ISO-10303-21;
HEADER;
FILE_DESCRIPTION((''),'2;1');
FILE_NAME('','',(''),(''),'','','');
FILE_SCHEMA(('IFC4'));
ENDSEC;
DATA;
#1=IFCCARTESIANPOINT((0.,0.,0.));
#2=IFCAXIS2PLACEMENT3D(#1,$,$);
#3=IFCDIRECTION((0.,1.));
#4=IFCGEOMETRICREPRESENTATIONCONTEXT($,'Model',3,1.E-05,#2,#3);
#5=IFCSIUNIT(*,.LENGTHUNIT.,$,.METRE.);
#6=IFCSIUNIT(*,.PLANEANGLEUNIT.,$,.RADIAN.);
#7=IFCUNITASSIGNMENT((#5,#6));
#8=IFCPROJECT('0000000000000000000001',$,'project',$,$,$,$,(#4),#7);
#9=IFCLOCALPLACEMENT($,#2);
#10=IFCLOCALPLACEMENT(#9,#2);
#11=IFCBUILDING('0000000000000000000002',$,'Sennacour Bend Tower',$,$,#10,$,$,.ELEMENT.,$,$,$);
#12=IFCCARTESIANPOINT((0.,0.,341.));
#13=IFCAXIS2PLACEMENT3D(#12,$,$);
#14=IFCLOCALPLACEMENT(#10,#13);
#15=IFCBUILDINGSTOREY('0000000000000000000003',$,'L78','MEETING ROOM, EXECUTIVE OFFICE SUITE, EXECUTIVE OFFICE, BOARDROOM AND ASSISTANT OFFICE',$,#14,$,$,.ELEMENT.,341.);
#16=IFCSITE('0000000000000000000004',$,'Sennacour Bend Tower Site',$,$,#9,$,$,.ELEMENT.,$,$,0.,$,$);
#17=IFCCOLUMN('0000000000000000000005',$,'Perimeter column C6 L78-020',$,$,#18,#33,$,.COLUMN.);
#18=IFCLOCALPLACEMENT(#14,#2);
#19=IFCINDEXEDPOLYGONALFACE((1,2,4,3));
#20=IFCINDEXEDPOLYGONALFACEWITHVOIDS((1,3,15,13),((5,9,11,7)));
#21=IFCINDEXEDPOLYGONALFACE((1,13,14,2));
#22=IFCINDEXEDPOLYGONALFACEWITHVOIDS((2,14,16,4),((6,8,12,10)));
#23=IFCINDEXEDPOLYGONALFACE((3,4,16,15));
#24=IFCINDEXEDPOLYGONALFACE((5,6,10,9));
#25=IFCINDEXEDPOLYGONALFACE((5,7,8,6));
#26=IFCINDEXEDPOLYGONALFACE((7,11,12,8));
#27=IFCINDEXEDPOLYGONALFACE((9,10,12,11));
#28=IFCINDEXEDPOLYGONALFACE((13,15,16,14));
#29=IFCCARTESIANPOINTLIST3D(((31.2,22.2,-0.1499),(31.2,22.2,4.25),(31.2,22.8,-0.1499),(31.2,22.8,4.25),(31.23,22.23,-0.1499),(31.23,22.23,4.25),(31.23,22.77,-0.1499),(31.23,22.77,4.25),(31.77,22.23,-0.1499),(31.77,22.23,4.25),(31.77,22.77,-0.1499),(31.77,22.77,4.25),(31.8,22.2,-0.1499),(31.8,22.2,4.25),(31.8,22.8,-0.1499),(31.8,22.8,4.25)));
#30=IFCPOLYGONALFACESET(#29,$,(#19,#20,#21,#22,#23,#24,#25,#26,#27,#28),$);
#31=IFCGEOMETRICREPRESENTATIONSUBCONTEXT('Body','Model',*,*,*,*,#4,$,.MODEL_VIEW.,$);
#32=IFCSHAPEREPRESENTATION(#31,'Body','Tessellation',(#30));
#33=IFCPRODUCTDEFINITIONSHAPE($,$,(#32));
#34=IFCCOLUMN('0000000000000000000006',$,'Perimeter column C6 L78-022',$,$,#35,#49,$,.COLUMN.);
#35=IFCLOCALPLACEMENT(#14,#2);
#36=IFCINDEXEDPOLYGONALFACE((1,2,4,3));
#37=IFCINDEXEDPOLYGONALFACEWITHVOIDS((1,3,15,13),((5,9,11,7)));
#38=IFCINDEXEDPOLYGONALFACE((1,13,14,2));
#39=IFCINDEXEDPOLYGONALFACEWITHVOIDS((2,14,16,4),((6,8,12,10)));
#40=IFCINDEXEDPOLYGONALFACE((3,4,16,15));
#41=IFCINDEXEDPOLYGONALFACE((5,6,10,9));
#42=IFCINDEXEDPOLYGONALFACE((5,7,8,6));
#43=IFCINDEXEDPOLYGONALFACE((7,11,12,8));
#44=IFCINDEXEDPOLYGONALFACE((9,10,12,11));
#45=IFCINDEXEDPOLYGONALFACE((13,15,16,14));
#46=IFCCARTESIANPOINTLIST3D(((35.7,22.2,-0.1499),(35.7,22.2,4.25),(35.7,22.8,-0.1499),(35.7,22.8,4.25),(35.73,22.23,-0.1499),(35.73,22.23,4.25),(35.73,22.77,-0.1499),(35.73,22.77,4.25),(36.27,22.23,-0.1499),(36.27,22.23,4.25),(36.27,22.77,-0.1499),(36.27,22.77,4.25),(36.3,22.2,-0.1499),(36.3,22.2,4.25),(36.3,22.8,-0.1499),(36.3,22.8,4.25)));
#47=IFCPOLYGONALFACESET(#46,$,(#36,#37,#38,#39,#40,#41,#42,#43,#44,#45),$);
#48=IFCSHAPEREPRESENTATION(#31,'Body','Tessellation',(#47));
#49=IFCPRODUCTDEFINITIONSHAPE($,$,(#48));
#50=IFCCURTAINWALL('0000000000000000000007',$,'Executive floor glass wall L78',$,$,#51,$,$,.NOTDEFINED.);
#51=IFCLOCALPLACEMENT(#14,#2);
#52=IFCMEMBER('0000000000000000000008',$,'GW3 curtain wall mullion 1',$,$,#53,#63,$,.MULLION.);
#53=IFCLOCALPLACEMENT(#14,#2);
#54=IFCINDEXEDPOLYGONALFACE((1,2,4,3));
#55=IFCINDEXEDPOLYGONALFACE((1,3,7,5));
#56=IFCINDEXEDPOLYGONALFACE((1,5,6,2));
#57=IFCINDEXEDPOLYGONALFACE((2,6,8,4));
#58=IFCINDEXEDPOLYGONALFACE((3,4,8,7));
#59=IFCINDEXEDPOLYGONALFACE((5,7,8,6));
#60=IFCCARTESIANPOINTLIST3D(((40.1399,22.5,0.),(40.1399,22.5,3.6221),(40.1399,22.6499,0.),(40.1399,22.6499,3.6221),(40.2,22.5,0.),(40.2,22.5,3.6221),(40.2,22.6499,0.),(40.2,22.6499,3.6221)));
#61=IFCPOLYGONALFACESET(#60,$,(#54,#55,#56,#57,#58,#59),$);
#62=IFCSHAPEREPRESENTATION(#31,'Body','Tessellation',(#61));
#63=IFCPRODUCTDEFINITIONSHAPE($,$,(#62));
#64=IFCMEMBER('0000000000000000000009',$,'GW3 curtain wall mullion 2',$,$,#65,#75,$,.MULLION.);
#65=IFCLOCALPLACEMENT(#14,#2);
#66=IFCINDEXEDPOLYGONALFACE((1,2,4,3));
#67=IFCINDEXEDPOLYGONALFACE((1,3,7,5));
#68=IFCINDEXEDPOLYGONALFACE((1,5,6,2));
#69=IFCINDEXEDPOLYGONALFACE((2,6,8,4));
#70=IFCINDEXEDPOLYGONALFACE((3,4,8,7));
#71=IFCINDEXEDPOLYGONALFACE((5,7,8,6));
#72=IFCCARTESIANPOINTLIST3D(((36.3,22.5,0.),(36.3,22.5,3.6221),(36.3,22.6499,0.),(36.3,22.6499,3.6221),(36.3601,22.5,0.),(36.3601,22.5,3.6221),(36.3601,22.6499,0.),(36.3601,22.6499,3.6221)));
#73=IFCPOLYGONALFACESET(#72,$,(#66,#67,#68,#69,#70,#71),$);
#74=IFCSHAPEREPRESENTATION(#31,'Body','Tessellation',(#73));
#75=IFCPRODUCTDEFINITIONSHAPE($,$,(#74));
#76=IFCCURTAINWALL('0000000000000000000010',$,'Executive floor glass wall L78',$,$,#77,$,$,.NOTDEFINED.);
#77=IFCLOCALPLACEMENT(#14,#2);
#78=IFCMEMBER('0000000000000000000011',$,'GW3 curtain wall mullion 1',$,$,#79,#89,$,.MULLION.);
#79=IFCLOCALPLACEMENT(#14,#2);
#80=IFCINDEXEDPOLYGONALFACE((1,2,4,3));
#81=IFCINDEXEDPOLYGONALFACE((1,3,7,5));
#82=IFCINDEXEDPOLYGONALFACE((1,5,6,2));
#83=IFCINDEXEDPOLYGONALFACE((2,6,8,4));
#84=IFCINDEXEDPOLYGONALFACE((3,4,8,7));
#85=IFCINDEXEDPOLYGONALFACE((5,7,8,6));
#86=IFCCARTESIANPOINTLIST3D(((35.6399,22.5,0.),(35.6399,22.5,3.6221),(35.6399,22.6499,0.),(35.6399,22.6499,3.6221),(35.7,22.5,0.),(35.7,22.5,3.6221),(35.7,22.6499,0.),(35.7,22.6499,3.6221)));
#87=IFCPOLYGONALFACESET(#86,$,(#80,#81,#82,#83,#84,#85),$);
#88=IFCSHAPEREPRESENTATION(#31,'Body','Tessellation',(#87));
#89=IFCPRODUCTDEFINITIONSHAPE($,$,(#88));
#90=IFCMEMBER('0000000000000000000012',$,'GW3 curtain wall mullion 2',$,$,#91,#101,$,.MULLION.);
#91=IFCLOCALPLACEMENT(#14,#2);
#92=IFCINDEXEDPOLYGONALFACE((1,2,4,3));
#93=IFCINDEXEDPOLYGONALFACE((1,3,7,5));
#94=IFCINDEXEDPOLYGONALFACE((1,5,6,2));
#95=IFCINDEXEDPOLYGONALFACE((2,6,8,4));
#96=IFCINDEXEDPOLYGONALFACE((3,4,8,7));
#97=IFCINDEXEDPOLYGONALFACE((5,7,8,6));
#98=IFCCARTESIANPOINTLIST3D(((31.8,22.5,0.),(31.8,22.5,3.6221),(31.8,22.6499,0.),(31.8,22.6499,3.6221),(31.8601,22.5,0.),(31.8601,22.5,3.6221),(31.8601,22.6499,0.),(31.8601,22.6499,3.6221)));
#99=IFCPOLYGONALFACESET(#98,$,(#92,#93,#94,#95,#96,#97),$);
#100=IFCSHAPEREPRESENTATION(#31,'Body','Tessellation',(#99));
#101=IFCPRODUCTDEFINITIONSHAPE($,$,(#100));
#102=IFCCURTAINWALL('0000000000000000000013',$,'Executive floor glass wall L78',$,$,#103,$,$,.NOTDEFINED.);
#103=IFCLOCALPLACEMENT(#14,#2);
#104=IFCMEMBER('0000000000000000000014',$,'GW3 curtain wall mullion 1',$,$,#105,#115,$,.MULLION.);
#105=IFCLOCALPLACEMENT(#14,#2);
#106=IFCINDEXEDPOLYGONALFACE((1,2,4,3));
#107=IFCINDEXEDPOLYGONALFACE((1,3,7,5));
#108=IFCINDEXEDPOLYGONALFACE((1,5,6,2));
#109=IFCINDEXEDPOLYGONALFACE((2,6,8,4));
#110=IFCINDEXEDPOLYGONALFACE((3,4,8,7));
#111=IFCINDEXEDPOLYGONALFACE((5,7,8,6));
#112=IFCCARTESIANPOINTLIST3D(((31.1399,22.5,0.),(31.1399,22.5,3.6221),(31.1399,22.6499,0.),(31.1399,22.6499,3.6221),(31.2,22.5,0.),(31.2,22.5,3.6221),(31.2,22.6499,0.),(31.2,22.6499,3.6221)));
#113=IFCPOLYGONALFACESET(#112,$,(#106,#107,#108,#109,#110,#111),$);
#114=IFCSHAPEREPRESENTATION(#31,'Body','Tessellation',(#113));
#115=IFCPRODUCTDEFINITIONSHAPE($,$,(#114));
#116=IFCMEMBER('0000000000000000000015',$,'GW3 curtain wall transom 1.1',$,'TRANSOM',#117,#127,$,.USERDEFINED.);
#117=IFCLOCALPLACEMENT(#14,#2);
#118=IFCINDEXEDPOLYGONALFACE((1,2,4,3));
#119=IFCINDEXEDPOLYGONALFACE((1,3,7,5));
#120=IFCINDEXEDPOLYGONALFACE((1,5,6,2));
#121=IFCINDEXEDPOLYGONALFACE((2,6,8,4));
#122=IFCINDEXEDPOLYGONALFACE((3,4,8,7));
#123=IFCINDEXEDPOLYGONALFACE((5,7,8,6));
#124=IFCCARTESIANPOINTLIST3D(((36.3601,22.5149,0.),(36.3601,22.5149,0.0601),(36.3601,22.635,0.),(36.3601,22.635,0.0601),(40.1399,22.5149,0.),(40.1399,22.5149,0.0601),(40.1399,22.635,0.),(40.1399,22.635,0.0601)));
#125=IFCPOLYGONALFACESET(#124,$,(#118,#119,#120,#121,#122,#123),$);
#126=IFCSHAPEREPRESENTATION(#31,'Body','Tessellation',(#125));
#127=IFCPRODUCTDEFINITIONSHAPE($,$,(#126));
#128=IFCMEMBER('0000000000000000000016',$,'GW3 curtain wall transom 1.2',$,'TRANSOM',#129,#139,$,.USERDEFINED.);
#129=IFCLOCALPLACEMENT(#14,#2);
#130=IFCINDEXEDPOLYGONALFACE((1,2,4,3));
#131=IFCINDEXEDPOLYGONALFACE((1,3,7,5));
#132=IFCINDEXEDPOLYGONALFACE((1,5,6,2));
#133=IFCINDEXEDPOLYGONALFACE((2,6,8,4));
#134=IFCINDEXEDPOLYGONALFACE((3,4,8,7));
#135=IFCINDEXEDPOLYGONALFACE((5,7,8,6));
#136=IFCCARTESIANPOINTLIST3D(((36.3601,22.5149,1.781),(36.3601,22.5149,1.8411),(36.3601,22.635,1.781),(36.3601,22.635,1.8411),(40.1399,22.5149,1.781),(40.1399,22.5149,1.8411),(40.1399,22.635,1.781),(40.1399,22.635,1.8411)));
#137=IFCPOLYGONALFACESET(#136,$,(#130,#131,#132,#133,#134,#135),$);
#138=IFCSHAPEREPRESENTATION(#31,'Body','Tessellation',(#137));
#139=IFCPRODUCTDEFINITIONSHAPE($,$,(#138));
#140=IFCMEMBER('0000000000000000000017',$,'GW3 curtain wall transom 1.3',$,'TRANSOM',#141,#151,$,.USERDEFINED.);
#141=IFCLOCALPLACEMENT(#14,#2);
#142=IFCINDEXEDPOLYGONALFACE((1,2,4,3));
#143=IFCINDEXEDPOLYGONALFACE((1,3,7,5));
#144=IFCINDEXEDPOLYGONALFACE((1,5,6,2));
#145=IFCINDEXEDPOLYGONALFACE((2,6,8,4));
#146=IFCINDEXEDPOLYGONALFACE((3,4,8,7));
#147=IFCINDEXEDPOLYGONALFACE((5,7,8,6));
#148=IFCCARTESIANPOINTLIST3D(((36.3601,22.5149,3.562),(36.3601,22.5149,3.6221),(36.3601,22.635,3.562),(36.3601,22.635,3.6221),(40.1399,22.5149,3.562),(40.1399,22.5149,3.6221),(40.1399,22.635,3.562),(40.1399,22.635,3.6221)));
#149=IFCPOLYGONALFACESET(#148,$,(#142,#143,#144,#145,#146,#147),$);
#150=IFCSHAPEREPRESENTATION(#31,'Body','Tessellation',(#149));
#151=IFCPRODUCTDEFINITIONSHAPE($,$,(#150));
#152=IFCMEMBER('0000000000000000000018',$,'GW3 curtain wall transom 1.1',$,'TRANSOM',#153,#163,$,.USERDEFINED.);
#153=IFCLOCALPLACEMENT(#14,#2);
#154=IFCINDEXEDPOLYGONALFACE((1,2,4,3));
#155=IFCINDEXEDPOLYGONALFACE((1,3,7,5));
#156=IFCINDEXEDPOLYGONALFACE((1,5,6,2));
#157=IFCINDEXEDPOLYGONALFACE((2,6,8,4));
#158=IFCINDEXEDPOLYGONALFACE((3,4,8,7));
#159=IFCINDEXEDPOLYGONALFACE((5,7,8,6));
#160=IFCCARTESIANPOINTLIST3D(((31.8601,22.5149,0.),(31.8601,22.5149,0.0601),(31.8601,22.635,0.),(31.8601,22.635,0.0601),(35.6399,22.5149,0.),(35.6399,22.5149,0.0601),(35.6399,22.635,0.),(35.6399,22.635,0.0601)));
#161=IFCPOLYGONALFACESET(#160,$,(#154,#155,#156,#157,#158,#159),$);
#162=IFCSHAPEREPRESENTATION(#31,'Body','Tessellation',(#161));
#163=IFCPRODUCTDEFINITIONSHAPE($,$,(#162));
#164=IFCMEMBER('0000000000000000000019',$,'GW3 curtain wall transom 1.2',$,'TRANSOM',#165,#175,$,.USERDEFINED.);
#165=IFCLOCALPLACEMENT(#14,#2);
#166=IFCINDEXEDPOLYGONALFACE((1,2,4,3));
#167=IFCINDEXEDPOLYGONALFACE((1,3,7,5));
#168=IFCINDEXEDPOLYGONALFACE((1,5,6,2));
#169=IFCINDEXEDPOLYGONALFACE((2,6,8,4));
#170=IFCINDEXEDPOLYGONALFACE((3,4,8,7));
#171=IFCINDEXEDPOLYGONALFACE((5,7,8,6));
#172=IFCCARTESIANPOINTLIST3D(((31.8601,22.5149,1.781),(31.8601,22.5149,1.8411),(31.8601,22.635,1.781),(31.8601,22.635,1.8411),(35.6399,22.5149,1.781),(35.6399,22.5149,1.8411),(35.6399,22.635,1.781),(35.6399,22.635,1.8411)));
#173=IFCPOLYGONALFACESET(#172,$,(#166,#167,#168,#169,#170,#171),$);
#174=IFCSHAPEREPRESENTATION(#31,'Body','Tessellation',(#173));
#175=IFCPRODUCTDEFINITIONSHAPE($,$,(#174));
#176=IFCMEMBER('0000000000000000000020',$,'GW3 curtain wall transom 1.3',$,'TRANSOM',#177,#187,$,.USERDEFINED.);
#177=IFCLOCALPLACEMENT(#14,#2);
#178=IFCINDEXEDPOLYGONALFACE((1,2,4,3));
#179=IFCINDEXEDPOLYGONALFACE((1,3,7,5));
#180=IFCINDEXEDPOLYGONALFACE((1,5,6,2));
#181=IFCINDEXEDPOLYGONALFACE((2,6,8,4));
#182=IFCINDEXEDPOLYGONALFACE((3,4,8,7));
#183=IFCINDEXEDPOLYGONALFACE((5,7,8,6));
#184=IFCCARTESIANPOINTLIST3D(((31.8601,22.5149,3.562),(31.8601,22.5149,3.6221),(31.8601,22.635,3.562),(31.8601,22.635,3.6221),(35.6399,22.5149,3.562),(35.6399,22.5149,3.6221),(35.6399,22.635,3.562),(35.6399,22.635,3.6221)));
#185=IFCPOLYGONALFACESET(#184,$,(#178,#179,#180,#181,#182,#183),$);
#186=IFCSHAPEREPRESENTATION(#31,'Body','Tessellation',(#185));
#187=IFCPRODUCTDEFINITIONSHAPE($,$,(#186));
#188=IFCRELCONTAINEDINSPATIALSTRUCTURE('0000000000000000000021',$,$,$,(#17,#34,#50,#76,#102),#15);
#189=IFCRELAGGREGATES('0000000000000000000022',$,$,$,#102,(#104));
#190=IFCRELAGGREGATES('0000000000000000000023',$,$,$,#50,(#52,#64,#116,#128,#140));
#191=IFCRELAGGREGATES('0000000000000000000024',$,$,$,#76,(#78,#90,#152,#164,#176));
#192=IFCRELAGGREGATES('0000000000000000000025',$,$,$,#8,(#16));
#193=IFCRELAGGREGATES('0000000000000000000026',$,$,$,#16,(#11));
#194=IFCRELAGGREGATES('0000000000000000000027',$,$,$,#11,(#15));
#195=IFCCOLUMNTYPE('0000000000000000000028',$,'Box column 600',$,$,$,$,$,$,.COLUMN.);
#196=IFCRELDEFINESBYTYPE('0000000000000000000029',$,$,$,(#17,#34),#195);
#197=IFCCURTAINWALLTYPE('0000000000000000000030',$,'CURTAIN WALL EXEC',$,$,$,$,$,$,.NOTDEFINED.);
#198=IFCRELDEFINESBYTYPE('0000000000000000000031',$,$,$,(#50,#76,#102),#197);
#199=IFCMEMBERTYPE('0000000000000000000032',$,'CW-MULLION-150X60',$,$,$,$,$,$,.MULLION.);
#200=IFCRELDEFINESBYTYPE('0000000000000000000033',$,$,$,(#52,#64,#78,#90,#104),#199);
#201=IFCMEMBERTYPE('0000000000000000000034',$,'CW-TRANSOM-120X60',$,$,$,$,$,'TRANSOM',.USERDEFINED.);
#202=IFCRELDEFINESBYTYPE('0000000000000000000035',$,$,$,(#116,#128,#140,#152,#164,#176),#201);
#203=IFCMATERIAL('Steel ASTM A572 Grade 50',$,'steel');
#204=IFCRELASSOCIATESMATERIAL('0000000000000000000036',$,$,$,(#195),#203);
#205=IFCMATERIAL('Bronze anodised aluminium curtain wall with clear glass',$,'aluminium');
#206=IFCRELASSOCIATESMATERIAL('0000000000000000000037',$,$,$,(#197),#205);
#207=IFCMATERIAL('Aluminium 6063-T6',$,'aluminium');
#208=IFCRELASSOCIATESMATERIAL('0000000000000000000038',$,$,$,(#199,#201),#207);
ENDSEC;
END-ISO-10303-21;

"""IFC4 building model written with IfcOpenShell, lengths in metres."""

from ifc_helpers import new_model, si_unit, direction, frame, origin, origin_2d, place, context, subcontext, project, spatial, rectangle, hollow_rectangle, extrude, material, material_profile, profile_set, type_object, element, aggregate, save


model = new_model("IFC4")

# Units and contexts
model_context = context("Model", 3, precision=1e-05, world=origin(), true_north=direction((0.0, 1.0)))
body_context = subcontext(model_context, "Body", "Model", "MODEL_VIEW")
ifc_project = project(units=[si_unit("LENGTHUNIT", "METRE"), si_unit("PLANEANGLEUNIT", "RADIAN")], contexts=[model_context])

# Site, building, storey
site_placement = place(None, origin())
site = spatial("IfcSite", under=ifc_project, at=site_placement, Name="Sennacour Bend Tower Site", CompositionType="ELEMENT", RefElevation=0.0)
building_placement = place(site_placement, origin())
building = spatial("IfcBuilding", under=site, at=building_placement, Name="Sennacour Bend Tower", CompositionType="ELEMENT")
storey_placement = place(building_placement, frame((0.0, 0.0, 341.0)))
storey = spatial("IfcBuildingStorey", under=building, at=storey_placement, Name="L78", Description="MEETING ROOM, EXECUTIVE OFFICE SUITE, EXECUTIVE OFFICE, BOARDROOM AND ASSISTANT OFFICE", CompositionType="ELEMENT", Elevation=341.0)

# Columns
ifc_material_1 = material(Name="Steel ASTM A572 Grade 50", Category="steel")
ifc_material_profile_1 = material_profile(ifc_material_1, hollow_rectangle(XDim=0.6001, YDim=0.6001, WallThickness=0.03, at=origin_2d()), Name="Steel ASTM A572 Grade 50", Category="steel")
ifc_profile_set_1 = profile_set([ifc_material_profile_1], Name="Steel ASTM A572 Grade 50")
column_type = type_object("IfcColumnType", Name="Box column 600", PredefinedType="COLUMN", material=ifc_profile_set_1)
for number, where, z_axis, x_axis, name in (
    (1, (31.5, 22.5, -0.1499), (0.0, 0.0, 1.0), (1.0, 0.0, 0.0), "Perimeter column C6 L78-020"),
    (2, (36.0, 22.5, -0.1499), (0.0, 0.0, 1.0), (1.0, 0.0, 0.0), "Perimeter column C6 L78-022"),
):
    element("IfcColumn", number, at=place(storey_placement, frame(where, z_axis=z_axis, x_axis=x_axis)), inside=storey, type_object=column_type, Name=name, PredefinedType="COLUMN", context=body_context, shape_type="SweptSolid", body=[
        extrude(hollow_rectangle(XDim=0.6001, YDim=0.6001, WallThickness=0.03, at=origin_2d()), origin(), (0.0, 0.0, 1.0), 4.3999),
    ])

# Curtain walls, members
ifc_material_2 = material(Name="Bronze anodised aluminium curtain wall with clear glass", Category="aluminium")
curtain_wall_type = type_object("IfcCurtainWallType", Name="CURTAIN WALL EXEC", PredefinedType="NOTDEFINED", material=ifc_material_2)
curtain_wall_1_placement = place(storey_placement, origin())
curtain_wall_1 = element("IfcCurtainWall", 3, at=curtain_wall_1_placement, inside=storey, type_object=curtain_wall_type, Name="Executive floor glass wall L78", PredefinedType="NOTDEFINED")
ifc_material_3 = material(Name="Aluminium 6063-T6", Category="aluminium")
ifc_material_profile_2 = material_profile(ifc_material_3, rectangle(XDim=0.1499, YDim=0.0601, at=origin_2d()), Name="Aluminium 6063-T6", Category="aluminium")
ifc_profile_set_2 = profile_set([ifc_material_profile_2], Name="Aluminium 6063-T6")
member_type_1 = type_object("IfcMemberType", Name="CW-MULLION-150X60", PredefinedType="MULLION", material=ifc_profile_set_2)
member_1_placement = place(storey_placement, frame((40.1699, 22.575, 0.0), z_axis=(0.0, 0.0, 1.0), x_axis=(0.0, -1.0, 0.0)))
member_1 = element("IfcMember", 4, at=member_1_placement, type_object=member_type_1, Name="GW3 curtain wall mullion 1", PredefinedType="MULLION", context=body_context, shape_type="SweptSolid", body=[
    extrude(rectangle(XDim=0.1499, YDim=0.0601, at=origin_2d()), origin(), (0.0, 0.0, 1.0), 3.6221),
])
member_2_placement = place(storey_placement, frame((36.3301, 22.575, 0.0), z_axis=(0.0, 0.0, 1.0), x_axis=(0.0, -1.0, 0.0)))
member_2 = element("IfcMember", 5, at=member_2_placement, type_object=member_type_1, Name="GW3 curtain wall mullion 2", PredefinedType="MULLION", context=body_context, shape_type="SweptSolid", body=[
    extrude(rectangle(XDim=0.1499, YDim=0.0601, at=origin_2d()), origin(), (0.0, 0.0, 1.0), 3.6221),
])
curtain_wall_2_placement = place(storey_placement, origin())
curtain_wall_2 = element("IfcCurtainWall", 6, at=curtain_wall_2_placement, inside=storey, type_object=curtain_wall_type, Name="Executive floor glass wall L78", PredefinedType="NOTDEFINED")
member_3_placement = place(storey_placement, frame((35.6699, 22.575, 0.0), z_axis=(0.0, 0.0, 1.0), x_axis=(0.0, -1.0, 0.0)))
member_3 = element("IfcMember", 7, at=member_3_placement, type_object=member_type_1, Name="GW3 curtain wall mullion 1", PredefinedType="MULLION", context=body_context, shape_type="SweptSolid", body=[
    extrude(rectangle(XDim=0.1499, YDim=0.0601, at=origin_2d()), origin(), (0.0, 0.0, 1.0), 3.6221),
])
member_4_placement = place(storey_placement, frame((31.8301, 22.575, 0.0), z_axis=(0.0, 0.0, 1.0), x_axis=(0.0, -1.0, 0.0)))
member_4 = element("IfcMember", 8, at=member_4_placement, type_object=member_type_1, Name="GW3 curtain wall mullion 2", PredefinedType="MULLION", context=body_context, shape_type="SweptSolid", body=[
    extrude(rectangle(XDim=0.1499, YDim=0.0601, at=origin_2d()), origin(), (0.0, 0.0, 1.0), 3.6221),
])

# Curtain wall, member
curtain_wall_3_placement = place(storey_placement, origin())
curtain_wall_3 = element("IfcCurtainWall", 9, at=curtain_wall_3_placement, inside=storey, type_object=curtain_wall_type, Name="Executive floor glass wall L78", PredefinedType="NOTDEFINED")
member_5_placement = place(storey_placement, frame((31.1699, 22.575, 0.0), z_axis=(0.0, 0.0, 1.0), x_axis=(0.0, -1.0, 0.0)))
member_5 = element("IfcMember", 10, at=member_5_placement, type_object=member_type_1, Name="GW3 curtain wall mullion 1", PredefinedType="MULLION", context=body_context, shape_type="SweptSolid", body=[
    extrude(rectangle(XDim=0.1499, YDim=0.0601, at=origin_2d()), origin(), (0.0, 0.0, 1.0), 3.6221),
])
aggregate(curtain_wall_3, [member_5])

# Members
ifc_material_profile_3 = material_profile(ifc_material_3, rectangle(XDim=0.1201, YDim=0.0601, at=origin_2d()), Name="Aluminium 6063-T6", Category="aluminium")
ifc_profile_set_3 = profile_set([ifc_material_profile_3], Name="Aluminium 6063-T6")
member_type_2 = type_object("IfcMemberType", Name="CW-TRANSOM-120X60", ElementType="TRANSOM", PredefinedType="USERDEFINED", material=ifc_profile_set_3)
member_6_placement = place(storey_placement, frame((40.1399, 22.575, 0.03), z_axis=(-1.0, 0.0, 0.0), x_axis=(0.0, -1.0, 0.0)))
member_6 = element("IfcMember", 11, at=member_6_placement, type_object=member_type_2, Name="GW3 curtain wall transom 1.1", ObjectType="TRANSOM", PredefinedType="USERDEFINED", context=body_context, shape_type="SweptSolid", body=[
    extrude(rectangle(XDim=0.1201, YDim=0.0601, at=origin_2d()), origin(), (0.0, 0.0, 1.0), 3.7798),
])
member_7_placement = place(storey_placement, frame((40.1399, 22.575, 1.811), z_axis=(-1.0, 0.0, 0.0), x_axis=(0.0, -1.0, 0.0)))
member_7 = element("IfcMember", 12, at=member_7_placement, type_object=member_type_2, Name="GW3 curtain wall transom 1.2", ObjectType="TRANSOM", PredefinedType="USERDEFINED", context=body_context, shape_type="SweptSolid", body=[
    extrude(rectangle(XDim=0.1201, YDim=0.0601, at=origin_2d()), origin(), (0.0, 0.0, 1.0), 3.7798),
])
member_8_placement = place(storey_placement, frame((40.1399, 22.575, 3.592), z_axis=(-1.0, 0.0, 0.0), x_axis=(0.0, -1.0, 0.0)))
member_8 = element("IfcMember", 13, at=member_8_placement, type_object=member_type_2, Name="GW3 curtain wall transom 1.3", ObjectType="TRANSOM", PredefinedType="USERDEFINED", context=body_context, shape_type="SweptSolid", body=[
    extrude(rectangle(XDim=0.1201, YDim=0.0601, at=origin_2d()), origin(), (0.0, 0.0, 1.0), 3.7798),
])
member_9_placement = place(storey_placement, frame((35.6399, 22.575, 0.03), z_axis=(-1.0, 0.0, 0.0), x_axis=(0.0, -1.0, 0.0)))
member_9 = element("IfcMember", 14, at=member_9_placement, type_object=member_type_2, Name="GW3 curtain wall transom 1.1", ObjectType="TRANSOM", PredefinedType="USERDEFINED", context=body_context, shape_type="SweptSolid", body=[
    extrude(rectangle(XDim=0.1201, YDim=0.0601, at=origin_2d()), origin(), (0.0, 0.0, 1.0), 3.7798),
])
member_10_placement = place(storey_placement, frame((35.6399, 22.575, 1.811), z_axis=(-1.0, 0.0, 0.0), x_axis=(0.0, -1.0, 0.0)))
member_10 = element("IfcMember", 15, at=member_10_placement, type_object=member_type_2, Name="GW3 curtain wall transom 1.2", ObjectType="TRANSOM", PredefinedType="USERDEFINED", context=body_context, shape_type="SweptSolid", body=[
    extrude(rectangle(XDim=0.1201, YDim=0.0601, at=origin_2d()), origin(), (0.0, 0.0, 1.0), 3.7798),
])
member_11_placement = place(storey_placement, frame((35.6399, 22.575, 3.592), z_axis=(-1.0, 0.0, 0.0), x_axis=(0.0, -1.0, 0.0)))
member_11 = element("IfcMember", 16, at=member_11_placement, type_object=member_type_2, Name="GW3 curtain wall transom 1.3", ObjectType="TRANSOM", PredefinedType="USERDEFINED", context=body_context, shape_type="SweptSolid", body=[
    extrude(rectangle(XDim=0.1201, YDim=0.0601, at=origin_2d()), origin(), (0.0, 0.0, 1.0), 3.7798),
])

aggregate(curtain_wall_1, [member_1, member_2, member_6, member_7, member_8])
aggregate(curtain_wall_2, [member_3, member_4, member_9, member_10, member_11])

save(model, "model.ifc")
